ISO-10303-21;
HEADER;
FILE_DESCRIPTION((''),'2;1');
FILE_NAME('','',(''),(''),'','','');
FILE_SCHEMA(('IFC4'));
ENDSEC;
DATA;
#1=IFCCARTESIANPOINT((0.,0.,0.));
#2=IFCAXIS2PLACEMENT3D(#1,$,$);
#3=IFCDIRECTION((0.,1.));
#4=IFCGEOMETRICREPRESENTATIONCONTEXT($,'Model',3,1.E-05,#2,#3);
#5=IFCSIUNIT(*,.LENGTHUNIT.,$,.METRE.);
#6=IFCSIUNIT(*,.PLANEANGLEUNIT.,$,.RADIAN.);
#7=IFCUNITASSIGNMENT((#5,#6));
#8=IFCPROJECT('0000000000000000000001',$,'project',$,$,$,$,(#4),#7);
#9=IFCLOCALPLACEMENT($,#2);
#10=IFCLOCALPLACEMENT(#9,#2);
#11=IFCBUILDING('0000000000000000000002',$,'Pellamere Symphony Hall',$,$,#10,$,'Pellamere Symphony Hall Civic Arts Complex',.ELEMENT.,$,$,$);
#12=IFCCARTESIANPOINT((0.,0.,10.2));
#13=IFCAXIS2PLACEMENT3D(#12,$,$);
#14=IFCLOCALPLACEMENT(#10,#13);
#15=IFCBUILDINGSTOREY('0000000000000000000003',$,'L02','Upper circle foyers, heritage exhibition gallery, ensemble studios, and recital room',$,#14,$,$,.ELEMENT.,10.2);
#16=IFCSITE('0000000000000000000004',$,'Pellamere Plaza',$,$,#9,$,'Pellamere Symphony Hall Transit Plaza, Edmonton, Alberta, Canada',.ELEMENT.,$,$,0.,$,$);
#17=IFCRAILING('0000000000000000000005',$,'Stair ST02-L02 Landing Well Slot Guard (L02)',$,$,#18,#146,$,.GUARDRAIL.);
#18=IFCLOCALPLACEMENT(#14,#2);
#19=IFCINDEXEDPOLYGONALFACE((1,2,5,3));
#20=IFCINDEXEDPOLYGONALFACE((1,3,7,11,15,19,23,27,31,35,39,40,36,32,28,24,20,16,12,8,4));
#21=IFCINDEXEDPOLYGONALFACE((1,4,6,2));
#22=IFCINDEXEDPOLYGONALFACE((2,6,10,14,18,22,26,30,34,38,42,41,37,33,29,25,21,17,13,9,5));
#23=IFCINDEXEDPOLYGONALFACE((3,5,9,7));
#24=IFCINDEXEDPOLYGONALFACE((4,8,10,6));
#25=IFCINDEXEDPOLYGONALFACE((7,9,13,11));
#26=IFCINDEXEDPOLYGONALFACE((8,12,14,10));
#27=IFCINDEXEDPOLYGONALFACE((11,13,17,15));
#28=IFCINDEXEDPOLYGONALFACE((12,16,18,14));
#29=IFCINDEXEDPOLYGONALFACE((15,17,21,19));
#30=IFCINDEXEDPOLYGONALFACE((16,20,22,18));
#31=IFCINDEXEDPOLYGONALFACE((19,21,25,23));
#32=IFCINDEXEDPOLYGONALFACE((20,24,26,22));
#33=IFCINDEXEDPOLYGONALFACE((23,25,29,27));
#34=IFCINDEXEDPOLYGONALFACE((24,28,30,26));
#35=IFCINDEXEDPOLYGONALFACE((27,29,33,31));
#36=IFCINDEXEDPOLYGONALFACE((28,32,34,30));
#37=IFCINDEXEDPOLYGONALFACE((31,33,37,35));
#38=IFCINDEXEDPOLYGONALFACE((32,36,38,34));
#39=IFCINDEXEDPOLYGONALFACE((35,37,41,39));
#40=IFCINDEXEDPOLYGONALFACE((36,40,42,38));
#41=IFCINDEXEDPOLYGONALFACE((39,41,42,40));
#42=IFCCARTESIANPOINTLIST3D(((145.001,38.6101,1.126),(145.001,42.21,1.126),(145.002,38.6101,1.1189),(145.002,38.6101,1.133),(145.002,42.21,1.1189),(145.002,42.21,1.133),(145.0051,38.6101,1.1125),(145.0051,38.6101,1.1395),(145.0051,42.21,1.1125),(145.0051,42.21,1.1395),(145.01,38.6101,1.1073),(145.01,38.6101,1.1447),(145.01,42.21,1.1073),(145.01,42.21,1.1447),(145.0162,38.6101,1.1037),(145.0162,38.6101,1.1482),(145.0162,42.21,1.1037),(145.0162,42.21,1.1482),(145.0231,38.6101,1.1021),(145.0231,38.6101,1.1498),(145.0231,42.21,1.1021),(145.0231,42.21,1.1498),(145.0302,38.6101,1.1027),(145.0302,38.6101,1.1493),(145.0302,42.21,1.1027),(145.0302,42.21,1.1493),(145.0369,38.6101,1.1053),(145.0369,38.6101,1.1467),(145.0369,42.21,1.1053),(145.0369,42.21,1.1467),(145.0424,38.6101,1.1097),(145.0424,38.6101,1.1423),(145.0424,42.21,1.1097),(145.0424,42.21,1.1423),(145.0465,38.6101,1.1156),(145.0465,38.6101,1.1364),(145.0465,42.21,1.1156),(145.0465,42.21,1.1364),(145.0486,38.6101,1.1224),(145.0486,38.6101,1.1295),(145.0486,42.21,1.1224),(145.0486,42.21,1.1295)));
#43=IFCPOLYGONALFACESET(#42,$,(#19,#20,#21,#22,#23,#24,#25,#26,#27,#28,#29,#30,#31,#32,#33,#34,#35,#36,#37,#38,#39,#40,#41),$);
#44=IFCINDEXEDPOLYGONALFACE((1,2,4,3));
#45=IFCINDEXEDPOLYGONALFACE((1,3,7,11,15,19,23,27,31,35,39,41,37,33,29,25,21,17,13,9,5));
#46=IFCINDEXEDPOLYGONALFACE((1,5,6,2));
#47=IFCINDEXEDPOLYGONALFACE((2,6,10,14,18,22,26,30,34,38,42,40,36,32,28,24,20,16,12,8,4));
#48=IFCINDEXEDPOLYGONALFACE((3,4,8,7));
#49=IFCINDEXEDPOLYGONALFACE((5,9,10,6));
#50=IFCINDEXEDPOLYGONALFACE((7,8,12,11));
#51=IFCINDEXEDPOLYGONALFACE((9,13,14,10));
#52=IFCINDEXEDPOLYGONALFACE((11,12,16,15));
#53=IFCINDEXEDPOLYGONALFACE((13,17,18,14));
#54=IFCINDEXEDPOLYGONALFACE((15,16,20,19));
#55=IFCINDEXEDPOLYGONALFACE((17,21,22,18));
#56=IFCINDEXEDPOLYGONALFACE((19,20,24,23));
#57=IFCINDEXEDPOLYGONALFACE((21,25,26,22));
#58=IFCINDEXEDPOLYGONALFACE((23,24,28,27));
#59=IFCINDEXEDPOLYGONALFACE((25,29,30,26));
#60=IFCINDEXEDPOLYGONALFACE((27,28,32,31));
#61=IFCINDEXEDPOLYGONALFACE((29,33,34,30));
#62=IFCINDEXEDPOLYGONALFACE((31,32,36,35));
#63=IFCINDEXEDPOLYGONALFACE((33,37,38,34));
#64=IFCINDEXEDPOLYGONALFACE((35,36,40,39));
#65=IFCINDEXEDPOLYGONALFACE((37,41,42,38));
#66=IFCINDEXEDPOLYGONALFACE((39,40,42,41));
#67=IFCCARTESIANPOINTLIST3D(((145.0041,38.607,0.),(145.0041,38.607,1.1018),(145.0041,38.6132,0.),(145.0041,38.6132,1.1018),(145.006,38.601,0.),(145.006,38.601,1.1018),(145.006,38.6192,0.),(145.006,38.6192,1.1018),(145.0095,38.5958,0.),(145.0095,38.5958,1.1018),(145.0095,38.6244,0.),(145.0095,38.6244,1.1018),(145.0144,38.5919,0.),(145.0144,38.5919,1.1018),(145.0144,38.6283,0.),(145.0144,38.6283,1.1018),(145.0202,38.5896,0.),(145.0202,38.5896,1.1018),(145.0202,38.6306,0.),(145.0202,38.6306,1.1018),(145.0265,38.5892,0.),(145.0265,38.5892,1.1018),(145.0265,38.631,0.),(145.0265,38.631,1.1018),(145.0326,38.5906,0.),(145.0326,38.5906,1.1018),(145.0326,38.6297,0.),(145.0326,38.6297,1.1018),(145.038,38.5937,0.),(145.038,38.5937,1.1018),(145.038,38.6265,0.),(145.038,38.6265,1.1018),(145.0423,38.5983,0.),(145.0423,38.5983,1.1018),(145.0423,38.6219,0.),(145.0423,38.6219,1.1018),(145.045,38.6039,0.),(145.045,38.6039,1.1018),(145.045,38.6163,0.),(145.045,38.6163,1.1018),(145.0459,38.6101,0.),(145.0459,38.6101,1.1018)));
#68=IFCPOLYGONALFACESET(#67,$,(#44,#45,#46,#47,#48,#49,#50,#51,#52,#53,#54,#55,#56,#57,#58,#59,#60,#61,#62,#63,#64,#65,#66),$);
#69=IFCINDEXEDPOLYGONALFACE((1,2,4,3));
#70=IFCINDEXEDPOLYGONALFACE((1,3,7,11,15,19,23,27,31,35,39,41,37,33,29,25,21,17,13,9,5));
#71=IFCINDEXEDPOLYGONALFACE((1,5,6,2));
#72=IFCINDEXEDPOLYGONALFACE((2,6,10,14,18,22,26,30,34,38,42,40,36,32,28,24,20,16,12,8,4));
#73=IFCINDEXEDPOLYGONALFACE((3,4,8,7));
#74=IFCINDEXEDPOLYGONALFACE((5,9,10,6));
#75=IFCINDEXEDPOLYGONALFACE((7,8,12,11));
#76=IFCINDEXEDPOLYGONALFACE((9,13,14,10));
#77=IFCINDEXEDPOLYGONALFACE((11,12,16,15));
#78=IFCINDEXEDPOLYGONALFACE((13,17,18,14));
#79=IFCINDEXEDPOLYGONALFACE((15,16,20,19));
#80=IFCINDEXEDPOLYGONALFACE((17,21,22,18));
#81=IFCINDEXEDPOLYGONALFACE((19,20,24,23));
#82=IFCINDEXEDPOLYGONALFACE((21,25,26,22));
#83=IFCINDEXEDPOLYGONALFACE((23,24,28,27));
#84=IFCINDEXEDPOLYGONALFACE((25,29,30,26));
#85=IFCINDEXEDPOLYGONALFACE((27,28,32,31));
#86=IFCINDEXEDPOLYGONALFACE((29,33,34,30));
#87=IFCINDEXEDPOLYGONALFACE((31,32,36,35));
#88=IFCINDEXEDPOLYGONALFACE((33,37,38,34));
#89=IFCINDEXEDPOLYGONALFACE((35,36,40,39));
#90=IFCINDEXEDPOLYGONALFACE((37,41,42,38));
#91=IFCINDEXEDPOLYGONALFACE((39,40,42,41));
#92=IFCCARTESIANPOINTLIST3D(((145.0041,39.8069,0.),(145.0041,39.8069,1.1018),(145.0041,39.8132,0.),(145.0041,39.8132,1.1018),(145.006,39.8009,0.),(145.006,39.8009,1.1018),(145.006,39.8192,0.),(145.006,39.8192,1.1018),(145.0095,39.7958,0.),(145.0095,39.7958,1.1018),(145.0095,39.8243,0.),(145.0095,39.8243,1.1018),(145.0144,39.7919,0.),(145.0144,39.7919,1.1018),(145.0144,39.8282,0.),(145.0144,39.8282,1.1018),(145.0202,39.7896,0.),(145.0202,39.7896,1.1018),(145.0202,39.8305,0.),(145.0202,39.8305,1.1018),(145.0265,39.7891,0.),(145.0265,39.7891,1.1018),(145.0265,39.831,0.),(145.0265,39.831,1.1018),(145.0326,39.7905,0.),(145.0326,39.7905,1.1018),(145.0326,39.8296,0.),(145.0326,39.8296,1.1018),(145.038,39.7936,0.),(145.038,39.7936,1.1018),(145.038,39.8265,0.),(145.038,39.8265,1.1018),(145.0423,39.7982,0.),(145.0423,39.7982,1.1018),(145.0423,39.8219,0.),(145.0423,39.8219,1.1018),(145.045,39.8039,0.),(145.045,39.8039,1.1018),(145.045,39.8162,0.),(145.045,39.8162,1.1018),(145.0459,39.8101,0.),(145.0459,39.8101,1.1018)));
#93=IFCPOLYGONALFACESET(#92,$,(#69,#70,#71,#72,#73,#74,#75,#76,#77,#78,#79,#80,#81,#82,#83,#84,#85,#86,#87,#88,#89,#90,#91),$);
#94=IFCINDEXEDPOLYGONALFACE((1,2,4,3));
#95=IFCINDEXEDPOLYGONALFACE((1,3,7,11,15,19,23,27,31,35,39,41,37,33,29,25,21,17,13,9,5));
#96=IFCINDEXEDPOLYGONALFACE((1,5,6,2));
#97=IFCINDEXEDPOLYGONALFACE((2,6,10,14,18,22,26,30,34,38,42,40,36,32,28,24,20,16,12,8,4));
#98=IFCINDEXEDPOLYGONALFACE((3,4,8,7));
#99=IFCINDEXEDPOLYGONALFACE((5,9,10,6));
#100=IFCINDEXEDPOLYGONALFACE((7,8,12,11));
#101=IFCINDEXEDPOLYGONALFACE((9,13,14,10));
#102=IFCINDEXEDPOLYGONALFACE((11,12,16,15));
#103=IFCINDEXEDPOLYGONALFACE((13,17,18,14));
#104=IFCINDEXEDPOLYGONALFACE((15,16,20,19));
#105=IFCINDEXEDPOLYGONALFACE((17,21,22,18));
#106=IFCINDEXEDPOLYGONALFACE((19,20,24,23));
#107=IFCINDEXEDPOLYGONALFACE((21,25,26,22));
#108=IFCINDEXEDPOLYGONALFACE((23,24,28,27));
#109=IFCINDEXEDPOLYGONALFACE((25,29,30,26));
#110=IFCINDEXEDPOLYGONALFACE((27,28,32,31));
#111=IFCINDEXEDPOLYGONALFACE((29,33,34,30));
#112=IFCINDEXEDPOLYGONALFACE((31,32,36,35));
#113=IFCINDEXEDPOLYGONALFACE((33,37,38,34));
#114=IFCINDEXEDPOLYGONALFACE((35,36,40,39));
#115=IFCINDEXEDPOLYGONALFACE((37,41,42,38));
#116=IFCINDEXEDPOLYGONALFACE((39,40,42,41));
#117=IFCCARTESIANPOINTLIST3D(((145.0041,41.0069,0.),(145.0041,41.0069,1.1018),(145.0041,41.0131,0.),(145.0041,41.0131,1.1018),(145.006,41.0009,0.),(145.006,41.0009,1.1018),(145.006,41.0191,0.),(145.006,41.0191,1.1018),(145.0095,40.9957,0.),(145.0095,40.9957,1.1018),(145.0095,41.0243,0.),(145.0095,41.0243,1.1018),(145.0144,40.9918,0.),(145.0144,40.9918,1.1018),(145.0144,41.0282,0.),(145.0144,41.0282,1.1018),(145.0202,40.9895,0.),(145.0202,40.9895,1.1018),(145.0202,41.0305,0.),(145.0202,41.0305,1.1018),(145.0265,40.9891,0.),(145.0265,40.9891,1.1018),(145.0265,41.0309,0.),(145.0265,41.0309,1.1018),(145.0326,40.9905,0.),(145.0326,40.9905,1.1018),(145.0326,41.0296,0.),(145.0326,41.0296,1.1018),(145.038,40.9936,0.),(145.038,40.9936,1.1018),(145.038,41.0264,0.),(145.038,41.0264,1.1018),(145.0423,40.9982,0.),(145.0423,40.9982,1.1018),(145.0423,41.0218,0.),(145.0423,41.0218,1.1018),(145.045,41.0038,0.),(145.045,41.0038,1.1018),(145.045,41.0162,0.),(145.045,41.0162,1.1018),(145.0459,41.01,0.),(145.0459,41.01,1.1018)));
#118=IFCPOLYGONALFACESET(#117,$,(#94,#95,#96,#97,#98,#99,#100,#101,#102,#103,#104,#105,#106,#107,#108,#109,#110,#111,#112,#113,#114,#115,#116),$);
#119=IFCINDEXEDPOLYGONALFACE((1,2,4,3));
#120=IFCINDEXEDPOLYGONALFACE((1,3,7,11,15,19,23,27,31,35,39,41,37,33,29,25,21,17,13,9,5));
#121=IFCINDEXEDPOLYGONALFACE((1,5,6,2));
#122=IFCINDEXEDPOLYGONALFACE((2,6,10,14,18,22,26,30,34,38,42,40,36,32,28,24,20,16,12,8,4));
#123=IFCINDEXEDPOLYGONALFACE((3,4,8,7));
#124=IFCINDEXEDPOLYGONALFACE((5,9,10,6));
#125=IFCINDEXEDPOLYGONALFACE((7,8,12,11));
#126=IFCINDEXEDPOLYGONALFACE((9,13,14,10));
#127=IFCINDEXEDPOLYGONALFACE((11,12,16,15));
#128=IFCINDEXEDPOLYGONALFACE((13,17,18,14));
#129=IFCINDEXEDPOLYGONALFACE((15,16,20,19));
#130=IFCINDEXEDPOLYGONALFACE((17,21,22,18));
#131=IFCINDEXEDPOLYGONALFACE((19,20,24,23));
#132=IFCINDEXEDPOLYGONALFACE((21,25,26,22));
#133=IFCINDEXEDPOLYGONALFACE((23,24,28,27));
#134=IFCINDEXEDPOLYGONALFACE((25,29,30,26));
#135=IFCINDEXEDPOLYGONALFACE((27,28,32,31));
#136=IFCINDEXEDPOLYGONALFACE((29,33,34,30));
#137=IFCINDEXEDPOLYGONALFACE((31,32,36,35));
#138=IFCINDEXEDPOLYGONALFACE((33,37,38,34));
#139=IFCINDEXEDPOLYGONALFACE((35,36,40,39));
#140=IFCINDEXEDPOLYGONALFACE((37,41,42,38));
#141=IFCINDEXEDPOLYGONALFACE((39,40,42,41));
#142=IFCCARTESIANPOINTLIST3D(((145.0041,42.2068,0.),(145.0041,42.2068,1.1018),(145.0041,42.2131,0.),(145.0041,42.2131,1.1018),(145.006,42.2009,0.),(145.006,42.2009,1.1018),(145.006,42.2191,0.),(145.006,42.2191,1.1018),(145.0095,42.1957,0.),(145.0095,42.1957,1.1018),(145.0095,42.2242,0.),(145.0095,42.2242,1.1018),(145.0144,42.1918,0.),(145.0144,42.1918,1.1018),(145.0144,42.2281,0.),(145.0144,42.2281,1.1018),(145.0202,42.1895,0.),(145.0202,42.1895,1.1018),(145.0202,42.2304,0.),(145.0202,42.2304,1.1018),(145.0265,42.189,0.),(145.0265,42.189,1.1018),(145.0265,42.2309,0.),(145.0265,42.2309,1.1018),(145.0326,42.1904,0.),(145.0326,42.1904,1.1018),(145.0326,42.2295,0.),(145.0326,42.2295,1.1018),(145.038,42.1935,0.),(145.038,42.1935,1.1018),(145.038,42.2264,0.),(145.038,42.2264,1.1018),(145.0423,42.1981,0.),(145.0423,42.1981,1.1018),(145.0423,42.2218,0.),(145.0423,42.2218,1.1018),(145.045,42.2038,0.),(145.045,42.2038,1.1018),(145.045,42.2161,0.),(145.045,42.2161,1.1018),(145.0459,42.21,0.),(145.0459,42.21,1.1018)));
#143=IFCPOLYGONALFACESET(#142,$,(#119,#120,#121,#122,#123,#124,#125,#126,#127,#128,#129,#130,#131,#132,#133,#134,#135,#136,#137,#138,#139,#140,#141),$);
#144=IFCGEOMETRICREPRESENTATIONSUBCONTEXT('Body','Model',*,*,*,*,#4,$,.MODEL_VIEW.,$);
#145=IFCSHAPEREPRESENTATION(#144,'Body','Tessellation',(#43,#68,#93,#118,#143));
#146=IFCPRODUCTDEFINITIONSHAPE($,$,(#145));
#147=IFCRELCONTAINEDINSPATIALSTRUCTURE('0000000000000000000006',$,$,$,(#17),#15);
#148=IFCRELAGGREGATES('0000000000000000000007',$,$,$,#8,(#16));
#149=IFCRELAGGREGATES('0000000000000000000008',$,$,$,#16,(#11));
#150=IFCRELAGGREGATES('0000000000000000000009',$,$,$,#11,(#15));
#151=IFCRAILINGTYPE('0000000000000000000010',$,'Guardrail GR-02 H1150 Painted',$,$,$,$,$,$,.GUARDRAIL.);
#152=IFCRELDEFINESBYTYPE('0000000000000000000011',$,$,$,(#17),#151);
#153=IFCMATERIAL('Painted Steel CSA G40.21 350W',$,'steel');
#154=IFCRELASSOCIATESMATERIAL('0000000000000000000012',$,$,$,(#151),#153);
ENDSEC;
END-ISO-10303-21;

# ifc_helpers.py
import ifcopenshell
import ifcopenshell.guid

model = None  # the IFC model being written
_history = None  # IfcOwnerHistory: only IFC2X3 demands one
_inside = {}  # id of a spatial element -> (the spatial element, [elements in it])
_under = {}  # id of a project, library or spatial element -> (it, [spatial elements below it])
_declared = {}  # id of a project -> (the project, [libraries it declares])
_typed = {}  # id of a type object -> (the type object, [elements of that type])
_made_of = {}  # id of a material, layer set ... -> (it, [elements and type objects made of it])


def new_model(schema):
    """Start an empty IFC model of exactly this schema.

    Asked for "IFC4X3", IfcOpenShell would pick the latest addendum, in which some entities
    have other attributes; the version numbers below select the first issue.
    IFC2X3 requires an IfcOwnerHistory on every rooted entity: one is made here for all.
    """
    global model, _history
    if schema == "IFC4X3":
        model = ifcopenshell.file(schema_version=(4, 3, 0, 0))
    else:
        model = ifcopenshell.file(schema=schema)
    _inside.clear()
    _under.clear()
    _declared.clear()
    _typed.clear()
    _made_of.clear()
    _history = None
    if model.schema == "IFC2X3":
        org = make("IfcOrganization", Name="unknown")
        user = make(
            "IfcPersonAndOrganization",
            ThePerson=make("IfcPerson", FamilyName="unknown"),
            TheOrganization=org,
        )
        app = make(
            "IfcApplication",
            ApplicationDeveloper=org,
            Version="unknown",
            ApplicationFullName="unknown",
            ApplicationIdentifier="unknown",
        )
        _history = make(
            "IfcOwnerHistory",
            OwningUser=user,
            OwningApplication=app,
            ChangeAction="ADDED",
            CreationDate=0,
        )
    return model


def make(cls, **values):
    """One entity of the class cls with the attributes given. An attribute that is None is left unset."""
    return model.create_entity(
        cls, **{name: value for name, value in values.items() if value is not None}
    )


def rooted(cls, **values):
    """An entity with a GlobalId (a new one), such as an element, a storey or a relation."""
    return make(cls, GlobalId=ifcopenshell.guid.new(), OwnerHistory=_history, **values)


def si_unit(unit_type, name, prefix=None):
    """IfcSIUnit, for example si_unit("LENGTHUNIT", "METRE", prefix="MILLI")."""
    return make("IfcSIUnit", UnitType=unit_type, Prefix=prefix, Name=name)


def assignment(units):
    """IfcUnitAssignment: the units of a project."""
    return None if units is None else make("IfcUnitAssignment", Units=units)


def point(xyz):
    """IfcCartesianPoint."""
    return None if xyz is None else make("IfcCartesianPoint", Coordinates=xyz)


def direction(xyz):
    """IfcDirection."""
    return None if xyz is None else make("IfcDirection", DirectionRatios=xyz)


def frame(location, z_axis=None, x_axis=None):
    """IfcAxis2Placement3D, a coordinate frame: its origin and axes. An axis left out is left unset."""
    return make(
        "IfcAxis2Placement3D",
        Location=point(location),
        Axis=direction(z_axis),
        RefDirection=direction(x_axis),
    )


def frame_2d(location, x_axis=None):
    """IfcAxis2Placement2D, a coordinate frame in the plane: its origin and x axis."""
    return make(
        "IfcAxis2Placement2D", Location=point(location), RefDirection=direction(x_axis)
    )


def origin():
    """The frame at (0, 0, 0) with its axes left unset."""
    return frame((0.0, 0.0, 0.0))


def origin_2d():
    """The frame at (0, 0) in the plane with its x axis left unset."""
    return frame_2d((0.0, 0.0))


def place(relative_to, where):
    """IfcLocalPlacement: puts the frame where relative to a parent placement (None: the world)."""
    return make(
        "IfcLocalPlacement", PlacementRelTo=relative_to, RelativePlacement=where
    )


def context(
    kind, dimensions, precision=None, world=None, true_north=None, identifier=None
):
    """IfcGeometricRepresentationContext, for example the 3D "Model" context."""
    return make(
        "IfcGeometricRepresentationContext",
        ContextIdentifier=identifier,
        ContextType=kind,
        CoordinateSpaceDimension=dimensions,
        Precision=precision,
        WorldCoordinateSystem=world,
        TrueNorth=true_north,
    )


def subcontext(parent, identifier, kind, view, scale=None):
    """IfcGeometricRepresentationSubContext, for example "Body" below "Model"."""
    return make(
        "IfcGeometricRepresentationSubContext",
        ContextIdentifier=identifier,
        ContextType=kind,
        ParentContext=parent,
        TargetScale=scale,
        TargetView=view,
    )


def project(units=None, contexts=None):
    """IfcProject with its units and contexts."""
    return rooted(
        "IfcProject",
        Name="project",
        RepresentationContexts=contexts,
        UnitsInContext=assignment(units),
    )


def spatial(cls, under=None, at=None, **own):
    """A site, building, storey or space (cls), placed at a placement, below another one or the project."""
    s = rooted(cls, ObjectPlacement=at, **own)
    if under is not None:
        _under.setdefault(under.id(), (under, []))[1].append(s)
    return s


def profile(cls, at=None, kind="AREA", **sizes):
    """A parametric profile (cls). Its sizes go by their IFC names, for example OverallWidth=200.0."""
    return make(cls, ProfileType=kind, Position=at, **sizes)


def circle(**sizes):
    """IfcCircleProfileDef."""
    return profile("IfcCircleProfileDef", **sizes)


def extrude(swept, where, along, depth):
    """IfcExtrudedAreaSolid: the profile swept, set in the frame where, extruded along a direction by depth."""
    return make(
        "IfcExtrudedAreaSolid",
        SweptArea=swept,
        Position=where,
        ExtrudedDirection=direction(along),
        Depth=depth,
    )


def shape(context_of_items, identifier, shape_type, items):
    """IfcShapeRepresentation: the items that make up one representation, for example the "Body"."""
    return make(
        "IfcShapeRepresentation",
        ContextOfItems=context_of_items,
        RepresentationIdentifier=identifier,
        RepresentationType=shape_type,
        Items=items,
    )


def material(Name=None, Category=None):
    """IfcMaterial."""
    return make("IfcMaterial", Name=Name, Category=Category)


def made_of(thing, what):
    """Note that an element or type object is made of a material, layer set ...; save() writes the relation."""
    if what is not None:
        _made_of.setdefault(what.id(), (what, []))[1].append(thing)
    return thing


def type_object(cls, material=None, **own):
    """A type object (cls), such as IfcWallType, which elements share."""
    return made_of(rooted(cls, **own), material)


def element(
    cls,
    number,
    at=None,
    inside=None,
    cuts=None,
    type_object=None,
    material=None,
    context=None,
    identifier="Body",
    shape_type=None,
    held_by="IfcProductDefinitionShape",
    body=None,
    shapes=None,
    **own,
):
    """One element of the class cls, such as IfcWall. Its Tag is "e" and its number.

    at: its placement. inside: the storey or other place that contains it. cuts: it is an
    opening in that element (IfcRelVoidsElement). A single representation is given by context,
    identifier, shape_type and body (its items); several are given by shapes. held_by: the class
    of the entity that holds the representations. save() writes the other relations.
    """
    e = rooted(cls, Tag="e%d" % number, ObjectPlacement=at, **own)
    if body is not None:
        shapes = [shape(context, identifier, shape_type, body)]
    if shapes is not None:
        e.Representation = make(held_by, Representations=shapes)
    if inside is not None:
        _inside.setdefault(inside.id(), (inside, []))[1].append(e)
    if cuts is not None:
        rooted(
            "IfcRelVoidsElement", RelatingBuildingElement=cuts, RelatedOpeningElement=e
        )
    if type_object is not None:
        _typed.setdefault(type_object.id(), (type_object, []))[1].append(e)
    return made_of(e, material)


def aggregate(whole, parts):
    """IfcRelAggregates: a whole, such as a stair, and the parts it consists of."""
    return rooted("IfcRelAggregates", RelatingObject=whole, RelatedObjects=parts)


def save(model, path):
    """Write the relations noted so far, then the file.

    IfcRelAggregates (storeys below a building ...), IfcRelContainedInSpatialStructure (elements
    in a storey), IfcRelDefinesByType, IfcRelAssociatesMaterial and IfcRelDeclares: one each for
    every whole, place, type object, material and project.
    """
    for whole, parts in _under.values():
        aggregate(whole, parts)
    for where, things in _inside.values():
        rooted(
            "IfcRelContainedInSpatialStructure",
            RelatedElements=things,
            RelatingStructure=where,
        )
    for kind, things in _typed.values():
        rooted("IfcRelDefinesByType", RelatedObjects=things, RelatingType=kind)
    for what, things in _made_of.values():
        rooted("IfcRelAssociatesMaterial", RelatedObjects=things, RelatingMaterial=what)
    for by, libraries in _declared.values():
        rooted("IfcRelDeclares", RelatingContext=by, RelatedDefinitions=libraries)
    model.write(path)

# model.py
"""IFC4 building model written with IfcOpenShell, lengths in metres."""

from ifc_helpers import new_model, si_unit, direction, frame, origin, origin_2d, place, context, subcontext, project, spatial, circle, extrude, material, type_object, element, save


model = new_model("IFC4")

# Units and contexts
model_context = context("Model", 3, precision=1e-05, world=origin(), true_north=direction((0.0, 1.0)))
body_context = subcontext(model_context, "Body", "Model", "MODEL_VIEW")
ifc_project = project(units=[si_unit("LENGTHUNIT", "METRE"), si_unit("PLANEANGLEUNIT", "RADIAN")], contexts=[model_context])

# Site, building, storey
site_placement = place(None, origin())
site = spatial("IfcSite", under=ifc_project, at=site_placement, Name="Pellamere Plaza", LongName="Pellamere Symphony Hall Transit Plaza, Edmonton, Alberta, Canada", CompositionType="ELEMENT", RefElevation=0.0)
building_placement = place(site_placement, origin())
building = spatial("IfcBuilding", under=site, at=building_placement, Name="Pellamere Symphony Hall", LongName="Pellamere Symphony Hall Civic Arts Complex", CompositionType="ELEMENT")
storey_placement = place(building_placement, frame((0.0, 0.0, 10.2)))
storey = spatial("IfcBuildingStorey", under=building, at=storey_placement, Name="L02", Description="Upper circle foyers, heritage exhibition gallery, ensemble studios, and recital room", CompositionType="ELEMENT", Elevation=10.2)

# Railing
ifc_material_1 = material(Name="Painted Steel CSA G40.21 350W", Category="steel")
railing_type_1 = type_object("IfcRailingType", Name="Guardrail GR-02 H1150 Painted", PredefinedType="GUARDRAIL", material=ifc_material_1)
railing_1_placement = place(storey_placement, frame((145.0249, 38.6101, 0.0)))
element("IfcRailing", 1, at=railing_1_placement, inside=storey, type_object=railing_type_1, Name="Stair ST02-L02 Landing Well Slot Guard (L02)", PredefinedType="GUARDRAIL", context=body_context, shape_type="SweptSolid", body=[
    extrude(circle(Radius=0.0239, at=origin_2d()), frame((0.0, 0.0, 1.126), z_axis=(0.0, 1.0, 0.0), x_axis=(-1.0, 0.0, 0.0)), (0.0, 0.0, 1.0), 3.5999),
    extrude(circle(Radius=0.021, at=origin_2d()), origin(), (0.0, 0.0, 1.0), 1.1018),
    extrude(circle(Radius=0.021, at=origin_2d()), frame((0.0, 1.2, 0.0)), (0.0, 0.0, 1.0), 1.1018),
    extrude(circle(Radius=0.021, at=origin_2d()), frame((0.0, 2.3999, 0.0)), (0.0, 0.0, 1.0), 1.1018),
    extrude(circle(Radius=0.021, at=origin_2d()), frame((0.0, 3.5999, 0.0)), (0.0, 0.0, 1.0), 1.1018),
])

save(model, "model.ifc")
